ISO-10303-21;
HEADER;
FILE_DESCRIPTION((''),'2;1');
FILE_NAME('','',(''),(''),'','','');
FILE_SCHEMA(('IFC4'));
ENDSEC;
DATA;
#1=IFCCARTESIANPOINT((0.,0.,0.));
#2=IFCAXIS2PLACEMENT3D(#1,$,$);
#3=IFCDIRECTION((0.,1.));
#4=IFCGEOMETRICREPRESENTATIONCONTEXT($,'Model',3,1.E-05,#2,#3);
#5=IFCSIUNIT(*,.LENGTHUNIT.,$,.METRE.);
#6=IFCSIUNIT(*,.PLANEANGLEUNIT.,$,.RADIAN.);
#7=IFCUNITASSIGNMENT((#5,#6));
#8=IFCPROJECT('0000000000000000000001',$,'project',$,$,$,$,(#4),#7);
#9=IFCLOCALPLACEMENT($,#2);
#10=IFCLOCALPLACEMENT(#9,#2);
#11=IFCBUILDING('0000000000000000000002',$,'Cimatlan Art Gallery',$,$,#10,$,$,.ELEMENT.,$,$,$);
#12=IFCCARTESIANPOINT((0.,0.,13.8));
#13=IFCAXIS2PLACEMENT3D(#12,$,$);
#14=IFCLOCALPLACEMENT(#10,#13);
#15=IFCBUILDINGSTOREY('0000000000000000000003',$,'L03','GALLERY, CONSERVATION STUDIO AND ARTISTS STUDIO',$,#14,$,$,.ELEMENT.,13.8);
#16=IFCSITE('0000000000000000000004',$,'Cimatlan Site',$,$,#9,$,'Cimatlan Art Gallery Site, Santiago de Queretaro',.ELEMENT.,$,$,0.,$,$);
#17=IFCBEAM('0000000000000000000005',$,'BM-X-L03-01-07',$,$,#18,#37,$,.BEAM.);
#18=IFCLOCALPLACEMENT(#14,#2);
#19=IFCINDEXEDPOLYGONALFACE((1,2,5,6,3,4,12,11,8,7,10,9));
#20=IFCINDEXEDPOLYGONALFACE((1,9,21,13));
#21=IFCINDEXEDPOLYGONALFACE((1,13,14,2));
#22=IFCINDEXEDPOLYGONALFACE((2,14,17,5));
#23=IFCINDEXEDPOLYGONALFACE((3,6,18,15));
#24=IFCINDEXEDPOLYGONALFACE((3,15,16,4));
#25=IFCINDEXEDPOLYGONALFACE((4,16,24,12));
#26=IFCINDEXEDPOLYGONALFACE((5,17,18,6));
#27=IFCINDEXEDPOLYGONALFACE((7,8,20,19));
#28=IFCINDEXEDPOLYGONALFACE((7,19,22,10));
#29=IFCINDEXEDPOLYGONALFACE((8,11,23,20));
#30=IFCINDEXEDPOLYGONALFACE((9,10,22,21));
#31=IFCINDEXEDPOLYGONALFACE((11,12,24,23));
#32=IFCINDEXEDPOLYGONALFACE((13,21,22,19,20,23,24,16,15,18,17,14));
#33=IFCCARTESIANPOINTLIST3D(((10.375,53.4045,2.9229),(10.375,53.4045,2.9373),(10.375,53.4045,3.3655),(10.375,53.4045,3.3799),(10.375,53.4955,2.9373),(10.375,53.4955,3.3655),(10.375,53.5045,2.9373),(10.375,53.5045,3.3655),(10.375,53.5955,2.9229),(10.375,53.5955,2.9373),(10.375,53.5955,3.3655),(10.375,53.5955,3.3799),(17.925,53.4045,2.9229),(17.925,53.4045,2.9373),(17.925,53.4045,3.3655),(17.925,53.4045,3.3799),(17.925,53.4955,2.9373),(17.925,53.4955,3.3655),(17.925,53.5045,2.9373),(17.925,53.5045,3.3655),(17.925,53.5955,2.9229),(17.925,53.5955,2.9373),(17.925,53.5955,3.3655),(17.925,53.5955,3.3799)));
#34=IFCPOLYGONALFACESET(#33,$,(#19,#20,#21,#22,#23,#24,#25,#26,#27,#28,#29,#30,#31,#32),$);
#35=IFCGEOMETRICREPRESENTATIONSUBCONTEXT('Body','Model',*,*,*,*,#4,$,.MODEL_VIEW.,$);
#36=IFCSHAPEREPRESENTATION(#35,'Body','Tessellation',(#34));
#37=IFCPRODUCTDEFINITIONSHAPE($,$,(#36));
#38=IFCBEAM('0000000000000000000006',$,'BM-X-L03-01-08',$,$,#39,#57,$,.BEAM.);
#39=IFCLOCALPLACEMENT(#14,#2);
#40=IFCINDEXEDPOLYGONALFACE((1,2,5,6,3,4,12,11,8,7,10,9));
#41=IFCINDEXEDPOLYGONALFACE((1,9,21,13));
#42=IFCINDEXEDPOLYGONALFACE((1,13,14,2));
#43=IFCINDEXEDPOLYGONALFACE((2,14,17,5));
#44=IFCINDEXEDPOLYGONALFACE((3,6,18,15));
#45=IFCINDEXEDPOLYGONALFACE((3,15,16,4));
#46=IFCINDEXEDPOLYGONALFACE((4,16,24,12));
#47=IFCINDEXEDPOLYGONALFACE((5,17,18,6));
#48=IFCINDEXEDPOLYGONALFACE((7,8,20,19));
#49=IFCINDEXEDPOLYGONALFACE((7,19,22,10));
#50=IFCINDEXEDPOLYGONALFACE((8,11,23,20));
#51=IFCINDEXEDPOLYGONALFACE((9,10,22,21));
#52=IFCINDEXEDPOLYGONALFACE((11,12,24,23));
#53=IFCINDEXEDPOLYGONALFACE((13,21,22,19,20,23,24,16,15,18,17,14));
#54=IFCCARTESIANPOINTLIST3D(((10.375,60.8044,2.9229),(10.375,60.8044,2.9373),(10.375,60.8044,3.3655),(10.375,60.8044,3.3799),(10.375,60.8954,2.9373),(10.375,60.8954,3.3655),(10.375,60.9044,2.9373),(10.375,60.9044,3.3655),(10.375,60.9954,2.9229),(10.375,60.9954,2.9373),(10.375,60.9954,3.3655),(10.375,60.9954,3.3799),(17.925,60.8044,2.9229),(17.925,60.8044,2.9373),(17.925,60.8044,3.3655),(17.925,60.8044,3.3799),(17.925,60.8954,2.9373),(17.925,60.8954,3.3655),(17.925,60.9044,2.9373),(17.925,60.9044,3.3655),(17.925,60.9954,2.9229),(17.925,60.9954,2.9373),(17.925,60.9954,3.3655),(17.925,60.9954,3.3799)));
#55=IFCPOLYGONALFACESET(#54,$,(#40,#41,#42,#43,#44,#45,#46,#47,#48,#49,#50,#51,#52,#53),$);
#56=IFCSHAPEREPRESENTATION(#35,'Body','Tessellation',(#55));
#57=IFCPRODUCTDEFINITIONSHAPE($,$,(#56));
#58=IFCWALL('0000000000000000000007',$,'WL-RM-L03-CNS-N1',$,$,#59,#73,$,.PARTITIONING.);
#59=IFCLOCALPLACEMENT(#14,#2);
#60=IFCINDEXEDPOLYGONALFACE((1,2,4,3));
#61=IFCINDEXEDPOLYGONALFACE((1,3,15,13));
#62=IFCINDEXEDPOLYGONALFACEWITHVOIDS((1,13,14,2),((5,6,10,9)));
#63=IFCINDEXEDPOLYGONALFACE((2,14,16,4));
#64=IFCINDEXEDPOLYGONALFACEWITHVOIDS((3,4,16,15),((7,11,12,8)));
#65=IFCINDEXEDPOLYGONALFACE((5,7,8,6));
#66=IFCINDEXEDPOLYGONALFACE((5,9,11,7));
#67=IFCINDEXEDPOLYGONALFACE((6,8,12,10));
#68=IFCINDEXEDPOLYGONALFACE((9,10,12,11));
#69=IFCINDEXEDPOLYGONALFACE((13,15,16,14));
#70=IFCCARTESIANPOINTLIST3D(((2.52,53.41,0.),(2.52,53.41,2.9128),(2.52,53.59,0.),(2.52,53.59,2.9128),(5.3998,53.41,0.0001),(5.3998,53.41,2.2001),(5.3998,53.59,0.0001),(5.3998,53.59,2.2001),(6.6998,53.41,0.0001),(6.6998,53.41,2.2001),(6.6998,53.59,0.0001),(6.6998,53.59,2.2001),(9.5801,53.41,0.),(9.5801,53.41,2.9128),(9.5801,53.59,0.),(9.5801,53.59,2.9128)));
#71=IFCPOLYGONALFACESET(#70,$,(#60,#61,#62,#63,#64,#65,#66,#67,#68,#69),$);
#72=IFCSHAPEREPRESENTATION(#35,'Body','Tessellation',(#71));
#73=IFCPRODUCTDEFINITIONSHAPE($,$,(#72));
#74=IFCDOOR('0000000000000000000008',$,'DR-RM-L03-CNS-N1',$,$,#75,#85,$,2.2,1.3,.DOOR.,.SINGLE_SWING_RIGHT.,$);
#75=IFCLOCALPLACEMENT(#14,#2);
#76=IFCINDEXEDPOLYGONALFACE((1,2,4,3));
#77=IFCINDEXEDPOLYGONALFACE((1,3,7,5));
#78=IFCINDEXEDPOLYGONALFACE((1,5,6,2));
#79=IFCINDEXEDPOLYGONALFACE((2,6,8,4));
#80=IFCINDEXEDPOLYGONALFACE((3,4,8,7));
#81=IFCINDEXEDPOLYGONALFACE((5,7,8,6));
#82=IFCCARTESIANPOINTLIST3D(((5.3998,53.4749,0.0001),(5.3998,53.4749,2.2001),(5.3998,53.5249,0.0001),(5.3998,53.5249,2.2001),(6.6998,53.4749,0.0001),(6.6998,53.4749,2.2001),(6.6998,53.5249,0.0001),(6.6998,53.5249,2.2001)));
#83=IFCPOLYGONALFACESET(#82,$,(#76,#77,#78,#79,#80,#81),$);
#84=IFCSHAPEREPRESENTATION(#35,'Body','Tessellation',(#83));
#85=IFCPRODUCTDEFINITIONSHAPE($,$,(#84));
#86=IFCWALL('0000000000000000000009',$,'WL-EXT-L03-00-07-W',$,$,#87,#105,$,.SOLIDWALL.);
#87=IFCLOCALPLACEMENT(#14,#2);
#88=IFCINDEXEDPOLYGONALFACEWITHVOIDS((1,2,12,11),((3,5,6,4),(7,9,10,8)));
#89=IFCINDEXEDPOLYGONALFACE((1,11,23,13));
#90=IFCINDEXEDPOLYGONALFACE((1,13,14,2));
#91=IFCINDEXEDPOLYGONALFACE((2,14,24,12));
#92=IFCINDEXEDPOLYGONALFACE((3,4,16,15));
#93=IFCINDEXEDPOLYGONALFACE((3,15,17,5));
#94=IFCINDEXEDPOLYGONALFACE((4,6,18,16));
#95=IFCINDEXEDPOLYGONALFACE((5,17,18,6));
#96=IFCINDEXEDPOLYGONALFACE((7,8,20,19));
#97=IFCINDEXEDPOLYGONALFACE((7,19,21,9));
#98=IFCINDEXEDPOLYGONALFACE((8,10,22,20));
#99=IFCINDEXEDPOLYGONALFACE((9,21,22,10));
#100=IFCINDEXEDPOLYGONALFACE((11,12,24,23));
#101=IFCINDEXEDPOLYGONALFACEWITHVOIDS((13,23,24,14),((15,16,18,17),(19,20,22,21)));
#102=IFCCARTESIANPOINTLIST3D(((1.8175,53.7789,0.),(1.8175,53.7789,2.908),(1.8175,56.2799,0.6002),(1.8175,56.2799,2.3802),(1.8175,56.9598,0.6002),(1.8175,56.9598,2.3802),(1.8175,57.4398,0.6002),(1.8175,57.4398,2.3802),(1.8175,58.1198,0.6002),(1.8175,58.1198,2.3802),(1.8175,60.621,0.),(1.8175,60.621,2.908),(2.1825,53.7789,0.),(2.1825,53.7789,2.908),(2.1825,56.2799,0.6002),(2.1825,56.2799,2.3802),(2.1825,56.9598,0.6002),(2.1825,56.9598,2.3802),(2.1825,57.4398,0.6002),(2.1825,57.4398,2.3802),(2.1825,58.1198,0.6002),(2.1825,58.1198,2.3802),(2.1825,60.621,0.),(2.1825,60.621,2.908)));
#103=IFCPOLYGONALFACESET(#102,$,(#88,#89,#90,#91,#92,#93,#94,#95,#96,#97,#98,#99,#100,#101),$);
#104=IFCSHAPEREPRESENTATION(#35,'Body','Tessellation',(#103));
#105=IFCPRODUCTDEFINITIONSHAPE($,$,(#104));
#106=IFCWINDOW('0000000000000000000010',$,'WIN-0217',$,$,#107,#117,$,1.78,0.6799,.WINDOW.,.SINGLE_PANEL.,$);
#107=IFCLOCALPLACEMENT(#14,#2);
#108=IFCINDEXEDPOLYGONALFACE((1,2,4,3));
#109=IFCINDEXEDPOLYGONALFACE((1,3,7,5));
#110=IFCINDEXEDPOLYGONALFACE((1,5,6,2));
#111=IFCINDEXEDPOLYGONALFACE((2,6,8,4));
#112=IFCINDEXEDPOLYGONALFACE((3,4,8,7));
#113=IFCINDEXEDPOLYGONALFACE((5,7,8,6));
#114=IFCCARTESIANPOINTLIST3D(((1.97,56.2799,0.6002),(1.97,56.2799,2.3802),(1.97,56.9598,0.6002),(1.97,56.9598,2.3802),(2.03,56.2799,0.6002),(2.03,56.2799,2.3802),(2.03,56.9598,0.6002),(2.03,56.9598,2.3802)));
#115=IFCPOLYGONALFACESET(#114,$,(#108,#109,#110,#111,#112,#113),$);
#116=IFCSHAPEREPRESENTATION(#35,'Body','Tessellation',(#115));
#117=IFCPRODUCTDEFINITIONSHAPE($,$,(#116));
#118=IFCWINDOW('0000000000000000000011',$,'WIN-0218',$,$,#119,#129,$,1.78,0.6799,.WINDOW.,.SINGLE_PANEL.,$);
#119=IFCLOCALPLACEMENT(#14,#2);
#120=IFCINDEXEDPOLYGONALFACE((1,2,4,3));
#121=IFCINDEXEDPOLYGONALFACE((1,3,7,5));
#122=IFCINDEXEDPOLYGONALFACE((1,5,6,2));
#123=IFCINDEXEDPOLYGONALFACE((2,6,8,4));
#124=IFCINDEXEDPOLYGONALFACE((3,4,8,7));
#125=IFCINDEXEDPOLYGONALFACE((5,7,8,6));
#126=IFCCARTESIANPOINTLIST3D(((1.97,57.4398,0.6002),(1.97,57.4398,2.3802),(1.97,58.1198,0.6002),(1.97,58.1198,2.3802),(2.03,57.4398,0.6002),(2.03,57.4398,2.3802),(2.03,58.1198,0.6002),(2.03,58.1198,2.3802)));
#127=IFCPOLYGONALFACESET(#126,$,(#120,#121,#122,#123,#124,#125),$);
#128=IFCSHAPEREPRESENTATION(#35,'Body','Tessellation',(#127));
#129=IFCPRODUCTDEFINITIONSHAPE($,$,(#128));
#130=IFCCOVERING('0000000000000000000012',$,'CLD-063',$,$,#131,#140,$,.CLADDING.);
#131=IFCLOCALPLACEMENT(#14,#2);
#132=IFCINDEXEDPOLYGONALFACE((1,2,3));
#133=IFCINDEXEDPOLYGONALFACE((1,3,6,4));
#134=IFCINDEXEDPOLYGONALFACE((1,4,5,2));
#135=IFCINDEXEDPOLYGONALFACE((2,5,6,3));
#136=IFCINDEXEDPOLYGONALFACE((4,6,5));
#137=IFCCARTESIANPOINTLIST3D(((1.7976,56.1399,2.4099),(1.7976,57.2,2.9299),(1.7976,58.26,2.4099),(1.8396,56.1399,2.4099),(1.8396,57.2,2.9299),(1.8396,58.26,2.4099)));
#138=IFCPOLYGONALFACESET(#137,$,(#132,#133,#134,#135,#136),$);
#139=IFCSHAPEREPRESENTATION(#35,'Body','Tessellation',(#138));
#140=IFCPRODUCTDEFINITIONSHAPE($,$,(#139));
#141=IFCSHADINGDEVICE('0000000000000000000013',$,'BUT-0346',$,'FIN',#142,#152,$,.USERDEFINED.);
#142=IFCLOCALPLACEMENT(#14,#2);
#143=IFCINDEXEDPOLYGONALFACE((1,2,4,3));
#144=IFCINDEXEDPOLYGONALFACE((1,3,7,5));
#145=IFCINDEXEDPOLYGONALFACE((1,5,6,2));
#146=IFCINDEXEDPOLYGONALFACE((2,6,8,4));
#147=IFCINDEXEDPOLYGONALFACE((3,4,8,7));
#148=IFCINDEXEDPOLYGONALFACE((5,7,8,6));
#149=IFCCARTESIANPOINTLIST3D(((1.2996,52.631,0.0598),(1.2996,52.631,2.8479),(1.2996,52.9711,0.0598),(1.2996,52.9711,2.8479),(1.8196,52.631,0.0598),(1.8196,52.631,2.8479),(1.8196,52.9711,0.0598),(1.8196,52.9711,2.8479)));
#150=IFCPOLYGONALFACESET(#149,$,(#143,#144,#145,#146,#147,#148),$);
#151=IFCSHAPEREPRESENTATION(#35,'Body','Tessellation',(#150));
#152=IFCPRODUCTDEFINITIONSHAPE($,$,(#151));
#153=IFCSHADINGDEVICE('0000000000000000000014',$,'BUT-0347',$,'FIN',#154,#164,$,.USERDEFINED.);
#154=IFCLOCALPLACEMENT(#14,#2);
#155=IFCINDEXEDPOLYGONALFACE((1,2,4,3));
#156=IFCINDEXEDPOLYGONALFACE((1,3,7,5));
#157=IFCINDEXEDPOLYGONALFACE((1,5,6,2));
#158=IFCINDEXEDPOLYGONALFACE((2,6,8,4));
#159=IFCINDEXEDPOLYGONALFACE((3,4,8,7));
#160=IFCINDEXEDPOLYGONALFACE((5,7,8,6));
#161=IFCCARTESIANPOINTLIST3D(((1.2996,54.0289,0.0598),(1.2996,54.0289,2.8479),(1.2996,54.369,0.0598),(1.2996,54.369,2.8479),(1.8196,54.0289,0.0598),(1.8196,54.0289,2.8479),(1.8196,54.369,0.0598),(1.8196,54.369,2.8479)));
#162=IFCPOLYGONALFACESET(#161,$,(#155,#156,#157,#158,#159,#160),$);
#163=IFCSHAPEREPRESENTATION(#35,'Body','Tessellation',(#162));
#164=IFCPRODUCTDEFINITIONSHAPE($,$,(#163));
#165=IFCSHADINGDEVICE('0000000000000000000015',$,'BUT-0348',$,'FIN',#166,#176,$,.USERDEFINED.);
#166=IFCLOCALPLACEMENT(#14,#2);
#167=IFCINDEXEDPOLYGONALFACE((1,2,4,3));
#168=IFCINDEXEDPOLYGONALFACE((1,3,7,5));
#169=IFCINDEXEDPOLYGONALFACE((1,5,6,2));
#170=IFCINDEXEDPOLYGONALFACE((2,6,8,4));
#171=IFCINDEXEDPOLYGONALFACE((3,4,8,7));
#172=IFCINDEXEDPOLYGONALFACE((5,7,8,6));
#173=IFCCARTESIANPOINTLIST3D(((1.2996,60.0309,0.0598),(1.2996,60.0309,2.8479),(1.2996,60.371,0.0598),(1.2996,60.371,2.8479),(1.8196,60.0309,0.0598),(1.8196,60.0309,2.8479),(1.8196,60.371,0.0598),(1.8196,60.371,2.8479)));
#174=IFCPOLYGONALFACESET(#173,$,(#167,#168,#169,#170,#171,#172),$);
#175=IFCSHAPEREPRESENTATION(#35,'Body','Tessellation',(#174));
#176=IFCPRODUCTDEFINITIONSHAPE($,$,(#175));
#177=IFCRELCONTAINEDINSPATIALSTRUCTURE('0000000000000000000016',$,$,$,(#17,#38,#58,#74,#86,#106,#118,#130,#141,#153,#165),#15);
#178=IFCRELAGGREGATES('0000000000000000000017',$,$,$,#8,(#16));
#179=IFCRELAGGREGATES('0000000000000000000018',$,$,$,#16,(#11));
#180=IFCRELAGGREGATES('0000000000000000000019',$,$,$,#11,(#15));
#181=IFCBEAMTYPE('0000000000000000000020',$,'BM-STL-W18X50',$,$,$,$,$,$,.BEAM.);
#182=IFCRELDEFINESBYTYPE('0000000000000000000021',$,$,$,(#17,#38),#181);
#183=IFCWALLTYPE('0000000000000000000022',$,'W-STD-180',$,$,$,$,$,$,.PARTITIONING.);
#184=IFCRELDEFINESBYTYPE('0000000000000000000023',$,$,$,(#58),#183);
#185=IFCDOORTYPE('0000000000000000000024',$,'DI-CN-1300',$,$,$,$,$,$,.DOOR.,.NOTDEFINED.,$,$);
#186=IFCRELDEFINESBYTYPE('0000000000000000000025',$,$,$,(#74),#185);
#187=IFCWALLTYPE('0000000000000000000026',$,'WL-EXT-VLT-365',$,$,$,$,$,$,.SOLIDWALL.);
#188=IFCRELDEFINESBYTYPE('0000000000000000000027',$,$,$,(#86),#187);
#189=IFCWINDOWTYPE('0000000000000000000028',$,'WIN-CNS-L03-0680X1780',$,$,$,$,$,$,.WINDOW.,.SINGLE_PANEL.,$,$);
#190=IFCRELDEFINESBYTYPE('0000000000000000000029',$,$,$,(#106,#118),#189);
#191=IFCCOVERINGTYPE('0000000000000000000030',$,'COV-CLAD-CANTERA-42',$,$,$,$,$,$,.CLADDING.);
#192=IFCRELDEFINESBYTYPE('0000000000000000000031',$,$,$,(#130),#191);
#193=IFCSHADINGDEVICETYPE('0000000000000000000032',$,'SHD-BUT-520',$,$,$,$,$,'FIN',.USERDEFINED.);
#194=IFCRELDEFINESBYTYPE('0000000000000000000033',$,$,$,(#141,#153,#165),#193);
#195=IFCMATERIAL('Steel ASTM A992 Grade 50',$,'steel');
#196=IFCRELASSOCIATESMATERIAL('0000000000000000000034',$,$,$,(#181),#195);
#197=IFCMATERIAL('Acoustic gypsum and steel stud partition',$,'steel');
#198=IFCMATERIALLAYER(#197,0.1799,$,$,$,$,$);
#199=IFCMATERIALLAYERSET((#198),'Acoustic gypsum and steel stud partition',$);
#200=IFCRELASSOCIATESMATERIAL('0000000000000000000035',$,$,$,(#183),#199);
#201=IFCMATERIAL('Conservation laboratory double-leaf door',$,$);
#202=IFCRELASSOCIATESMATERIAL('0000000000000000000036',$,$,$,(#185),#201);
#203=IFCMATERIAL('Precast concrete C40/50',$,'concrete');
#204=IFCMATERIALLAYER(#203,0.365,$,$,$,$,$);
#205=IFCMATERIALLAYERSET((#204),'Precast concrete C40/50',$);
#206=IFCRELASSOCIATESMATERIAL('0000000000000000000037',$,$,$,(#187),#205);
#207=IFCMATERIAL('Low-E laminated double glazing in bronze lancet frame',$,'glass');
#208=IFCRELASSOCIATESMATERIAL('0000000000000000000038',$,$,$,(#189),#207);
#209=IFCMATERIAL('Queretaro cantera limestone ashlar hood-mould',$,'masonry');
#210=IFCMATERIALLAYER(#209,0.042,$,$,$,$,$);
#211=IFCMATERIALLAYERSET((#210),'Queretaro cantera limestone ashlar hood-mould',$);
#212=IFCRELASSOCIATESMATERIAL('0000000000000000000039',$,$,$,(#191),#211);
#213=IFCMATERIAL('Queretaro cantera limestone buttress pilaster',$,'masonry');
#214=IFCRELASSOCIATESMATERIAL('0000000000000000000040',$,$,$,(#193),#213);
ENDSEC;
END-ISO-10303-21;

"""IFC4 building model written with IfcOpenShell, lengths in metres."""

from ifc_helpers import new_model, si_unit, direction, frame, frame_2d, origin, origin_2d, place, context, subcontext, project, spatial, polyline, rectangle, i_section, outline, extrude, material, layer, layer_set, material_profile, profile_set, type_object, element, fill, save


model = new_model("IFC4")

# Units and contexts
model_context = context("Model", 3, precision=1e-05, world=origin(), true_north=direction((0.0, 1.0)))
body_context = subcontext(model_context, "Body", "Model", "MODEL_VIEW")
ifc_project = project(units=[si_unit("LENGTHUNIT", "METRE"), si_unit("PLANEANGLEUNIT", "RADIAN")], contexts=[model_context])

# Site, building, storey
site_placement = place(None, origin())
site = spatial("IfcSite", under=ifc_project, at=site_placement, Name="Cimatlan Site", LongName="Cimatlan Art Gallery Site, Santiago de Queretaro", CompositionType="ELEMENT", RefElevation=0.0)
building_placement = place(site_placement, origin())
building = spatial("IfcBuilding", under=site, at=building_placement, Name="Cimatlan Art Gallery", CompositionType="ELEMENT")
storey_placement = place(building_placement, frame((0.0, 0.0, 13.8)))
storey = spatial("IfcBuildingStorey", under=building, at=storey_placement, Name="L03", Description="GALLERY, CONSERVATION STUDIO AND ARTISTS STUDIO", CompositionType="ELEMENT", Elevation=13.8)

# Beams
ifc_material_1 = material(Name="Steel ASTM A992 Grade 50", Category="steel")
ifc_material_profile_1 = material_profile(ifc_material_1, i_section(OverallWidth=0.1909, OverallDepth=0.457, WebThickness=0.009, FlangeThickness=0.0144, at=origin_2d()), Name="W18X50")
ifc_profile_set_1 = profile_set([ifc_material_profile_1], Name="Steel ASTM A992 Grade 50")
beam_type_1 = type_object("IfcBeamType", Name="BM-STL-W18X50", PredefinedType="BEAM", material=ifc_profile_set_1)
for number, where, z_axis, x_axis, name in (
    (1, (10.375, 53.5, 3.1514), (1.0, 0.0, 0.0), (0.0, 1.0, 0.0), "BM-X-L03-01-07"),
    (2, (10.375, 60.8999, 3.1514), (1.0, 0.0, 0.0), (0.0, 1.0, 0.0), "BM-X-L03-01-08"),
):
    element("IfcBeam", number, at=place(storey_placement, frame(where, z_axis=z_axis, x_axis=x_axis)), inside=storey, type_object=beam_type_1, Name=name, PredefinedType="BEAM", context=body_context, shape_type="SweptSolid", body=[
        extrude(i_section(OverallWidth=0.1909, OverallDepth=0.457, WebThickness=0.009, FlangeThickness=0.0144, at=origin_2d()), origin(), (0.0, 0.0, 1.0), 7.55),
    ])

# Wall, opening, door
ifc_material_2 = material(Name="Acoustic gypsum and steel stud partition", Category="steel")
ifc_layer_1 = layer(ifc_material_2, 0.1799)
ifc_layer_set_1 = layer_set([ifc_layer_1], Name="Acoustic gypsum and steel stud partition")
wall_type_1 = type_object("IfcWallType", Name="W-STD-180", PredefinedType="PARTITIONING", material=ifc_layer_set_1)
wall_1_placement = place(storey_placement, frame((2.52, 53.5, 0.0), z_axis=(0.0, 0.0, 1.0), x_axis=(1.0, 0.0, 0.0)))
wall_1 = element("IfcWall", 3, at=wall_1_placement, inside=storey, type_object=wall_type_1, Name="WL-RM-L03-CNS-N1", PredefinedType="PARTITIONING", context=body_context, shape_type="SweptSolid", body=[
    extrude(rectangle(XDim=7.0601, YDim=0.1799, at=frame_2d((3.53, 0.0))), origin(), (0.0, 0.0, 1.0), 2.9128),
])
opening_1_placement = place(wall_1_placement, frame((2.8799, 0.0, 0.0)))
opening_1 = element("IfcOpeningElement", 4, at=opening_1_placement, cuts=wall_1, PredefinedType="OPENING", context=body_context, shape_type="SweptSolid", body=[
    extrude(rectangle(XDim=1.3, YDim=2.2, at=frame_2d((0.6499, 1.1001))), frame((0.0, 0.1001, 0.0), z_axis=(0.0, -1.0, 0.0), x_axis=(1.0, 0.0, 0.0)), (0.0, 0.0, 1.0), 0.2),
])
ifc_material_3 = material(Name="Conservation laboratory double-leaf door")
door_type_1 = type_object("IfcDoorType", Name="DI-CN-1300", OperationType="NOTDEFINED", PredefinedType="DOOR", material=ifc_material_3)
door_1_placement = place(opening_1_placement, origin())
door_1 = element("IfcDoor", 5, at=door_1_placement, inside=storey, type_object=door_type_1, Name="DR-RM-L03-CNS-N1", OperationType="SINGLE_SWING_RIGHT", OverallHeight=2.2, OverallWidth=1.3, PredefinedType="DOOR", context=body_context, shape_type="SweptSolid", body=[
    extrude(rectangle(XDim=1.3, YDim=2.2, at=frame_2d((0.6499, 1.1001))), frame((0.0, 0.0249, 0.0), z_axis=(0.0, -1.0, 0.0), x_axis=(1.0, 0.0, 0.0)), (0.0, 0.0, 1.0), 0.05),
])
fill(opening_1, door_1)

# Wall, openings, windows
ifc_material_4 = material(Name="Precast concrete C40/50", Category="concrete")
ifc_layer_2 = layer(ifc_material_4, 0.365)
ifc_layer_set_2 = layer_set([ifc_layer_2], Name="Precast concrete C40/50")
wall_type_2 = type_object("IfcWallType", Name="WL-EXT-VLT-365", PredefinedType="SOLIDWALL", material=ifc_layer_set_2)
wall_2_placement = place(storey_placement, frame((2.0, 53.7791, 0.0), z_axis=(0.0, 0.0, 1.0), x_axis=(0.0, 1.0, 0.0)))
wall_2 = element("IfcWall", 6, at=wall_2_placement, inside=storey, type_object=wall_type_2, Name="WL-EXT-L03-00-07-W", PredefinedType="SOLIDWALL", context=body_context, shape_type="SweptSolid", body=[
    extrude(rectangle(XDim=6.842, YDim=0.365, at=frame_2d((3.4209, 0.0))), origin(), (0.0, 0.0, 1.0), 2.908),
])
opening_2_placement = place(wall_2_placement, frame((2.501, 0.0, 0.6001)))
opening_2 = element("IfcOpeningElement", 7, at=opening_2_placement, cuts=wall_2, PredefinedType="OPENING", context=body_context, shape_type="SweptSolid", body=[
    extrude(rectangle(XDim=0.6799, YDim=1.78, at=frame_2d((0.3398, 0.8901))), frame((0.0, 0.1924, 0.0), z_axis=(0.0, -1.0, 0.0), x_axis=(1.0, 0.0, 0.0)), (0.0, 0.0, 1.0), 0.385),
])
opening_3_placement = place(wall_2_placement, frame((3.6609, 0.0, 0.6001)))
opening_3 = element("IfcOpeningElement", 8, at=opening_3_placement, cuts=wall_2, PredefinedType="OPENING", context=body_context, shape_type="SweptSolid", body=[
    extrude(rectangle(XDim=0.6799, YDim=1.78, at=frame_2d((0.3398, 0.8901))), frame((0.0, 0.1924, 0.0), z_axis=(0.0, -1.0, 0.0), x_axis=(1.0, 0.0, 0.0)), (0.0, 0.0, 1.0), 0.385),
])
ifc_material_5 = material(Name="Low-E laminated double glazing in bronze lancet frame", Category="glass")
window_type = type_object("IfcWindowType", Name="WIN-CNS-L03-0680X1780", PartitioningType="SINGLE_PANEL", PredefinedType="WINDOW", material=ifc_material_5)
window_1_placement = place(opening_2_placement, origin())
window_1 = element("IfcWindow", 9, at=window_1_placement, inside=storey, type_object=window_type, Name="WIN-0217", OverallHeight=1.78, OverallWidth=0.6799, PartitioningType="SINGLE_PANEL", PredefinedType="WINDOW", context=body_context, shape_type="SweptSolid", body=[
    extrude(rectangle(XDim=0.6799, YDim=1.78, at=frame_2d((0.3398, 0.8901))), frame((0.0, 0.03, 0.0), z_axis=(0.0, -1.0, 0.0), x_axis=(1.0, 0.0, 0.0)), (0.0, 0.0, 1.0), 0.0601),
])
fill(opening_2, window_1)
window_2_placement = place(opening_3_placement, origin())
window_2 = element("IfcWindow", 10, at=window_2_placement, inside=storey, type_object=window_type, Name="WIN-0218", OverallHeight=1.78, OverallWidth=0.6799, PartitioningType="SINGLE_PANEL", PredefinedType="WINDOW", context=body_context, shape_type="SweptSolid", body=[
    extrude(rectangle(XDim=0.6799, YDim=1.78, at=frame_2d((0.3398, 0.8901))), frame((0.0, 0.03, 0.0), z_axis=(0.0, -1.0, 0.0), x_axis=(1.0, 0.0, 0.0)), (0.0, 0.0, 1.0), 0.0601),
])
fill(opening_3, window_2)

# Covering
ifc_material_6 = material(Name="Queretaro cantera limestone ashlar hood-mould", Category="masonry")
ifc_layer_3 = layer(ifc_material_6, 0.042)
ifc_layer_set_3 = layer_set([ifc_layer_3], Name="Queretaro cantera limestone ashlar hood-mould")
covering_type = type_object("IfcCoveringType", Name="COV-CLAD-CANTERA-42", PredefinedType="CLADDING", material=ifc_layer_set_3)
covering_placement = place(storey_placement, frame((1.8396, 56.1399, 2.4099), z_axis=(1.0, 0.0, 0.0), x_axis=(0.0, 1.0, 0.0)))
element("IfcCovering", 11, at=covering_placement, inside=storey, type_object=covering_type, Name="CLD-063", PredefinedType="CLADDING", context=body_context, shape_type="SweptSolid", body=[
    extrude(outline(polyline([(0.0, 0.0), (2.1201, 0.0), (1.0601, 0.52), (0.0, 0.0)])), origin(), (0.0, 0.0, -1.0), 0.042),
])

# Shading devices
ifc_material_7 = material(Name="Queretaro cantera limestone buttress pilaster", Category="masonry")
shading_device_type_1 = type_object("IfcShadingDeviceType", Name="SHD-BUT-520", ElementType="FIN", PredefinedType="USERDEFINED", material=ifc_material_7)
for number, where, z_axis, x_axis, name in (
    (12, (1.5596, 52.801, 0.0598), (0.0, 0.0, 1.0), (0.0, 1.0, 0.0), "BUT-0346"),
    (13, (1.5596, 54.199, 0.0598), (0.0, 0.0, 1.0), (0.0, 1.0, 0.0), "BUT-0347"),
    (14, (1.5596, 60.2009, 0.0598), (0.0, 0.0, 1.0), (0.0, 1.0, 0.0), "BUT-0348"),
):
    element("IfcShadingDevice", number, at=place(storey_placement, frame(where, z_axis=z_axis, x_axis=x_axis)), inside=storey, type_object=shading_device_type_1, Name=name, ObjectType="FIN", PredefinedType="USERDEFINED", context=body_context, shape_type="SweptSolid", body=[
        extrude(rectangle(XDim=0.3401, YDim=0.52, at=origin_2d()), origin(), (0.0, 0.0, 1.0), 2.7881),
    ])

save(model, "model.ifc")
